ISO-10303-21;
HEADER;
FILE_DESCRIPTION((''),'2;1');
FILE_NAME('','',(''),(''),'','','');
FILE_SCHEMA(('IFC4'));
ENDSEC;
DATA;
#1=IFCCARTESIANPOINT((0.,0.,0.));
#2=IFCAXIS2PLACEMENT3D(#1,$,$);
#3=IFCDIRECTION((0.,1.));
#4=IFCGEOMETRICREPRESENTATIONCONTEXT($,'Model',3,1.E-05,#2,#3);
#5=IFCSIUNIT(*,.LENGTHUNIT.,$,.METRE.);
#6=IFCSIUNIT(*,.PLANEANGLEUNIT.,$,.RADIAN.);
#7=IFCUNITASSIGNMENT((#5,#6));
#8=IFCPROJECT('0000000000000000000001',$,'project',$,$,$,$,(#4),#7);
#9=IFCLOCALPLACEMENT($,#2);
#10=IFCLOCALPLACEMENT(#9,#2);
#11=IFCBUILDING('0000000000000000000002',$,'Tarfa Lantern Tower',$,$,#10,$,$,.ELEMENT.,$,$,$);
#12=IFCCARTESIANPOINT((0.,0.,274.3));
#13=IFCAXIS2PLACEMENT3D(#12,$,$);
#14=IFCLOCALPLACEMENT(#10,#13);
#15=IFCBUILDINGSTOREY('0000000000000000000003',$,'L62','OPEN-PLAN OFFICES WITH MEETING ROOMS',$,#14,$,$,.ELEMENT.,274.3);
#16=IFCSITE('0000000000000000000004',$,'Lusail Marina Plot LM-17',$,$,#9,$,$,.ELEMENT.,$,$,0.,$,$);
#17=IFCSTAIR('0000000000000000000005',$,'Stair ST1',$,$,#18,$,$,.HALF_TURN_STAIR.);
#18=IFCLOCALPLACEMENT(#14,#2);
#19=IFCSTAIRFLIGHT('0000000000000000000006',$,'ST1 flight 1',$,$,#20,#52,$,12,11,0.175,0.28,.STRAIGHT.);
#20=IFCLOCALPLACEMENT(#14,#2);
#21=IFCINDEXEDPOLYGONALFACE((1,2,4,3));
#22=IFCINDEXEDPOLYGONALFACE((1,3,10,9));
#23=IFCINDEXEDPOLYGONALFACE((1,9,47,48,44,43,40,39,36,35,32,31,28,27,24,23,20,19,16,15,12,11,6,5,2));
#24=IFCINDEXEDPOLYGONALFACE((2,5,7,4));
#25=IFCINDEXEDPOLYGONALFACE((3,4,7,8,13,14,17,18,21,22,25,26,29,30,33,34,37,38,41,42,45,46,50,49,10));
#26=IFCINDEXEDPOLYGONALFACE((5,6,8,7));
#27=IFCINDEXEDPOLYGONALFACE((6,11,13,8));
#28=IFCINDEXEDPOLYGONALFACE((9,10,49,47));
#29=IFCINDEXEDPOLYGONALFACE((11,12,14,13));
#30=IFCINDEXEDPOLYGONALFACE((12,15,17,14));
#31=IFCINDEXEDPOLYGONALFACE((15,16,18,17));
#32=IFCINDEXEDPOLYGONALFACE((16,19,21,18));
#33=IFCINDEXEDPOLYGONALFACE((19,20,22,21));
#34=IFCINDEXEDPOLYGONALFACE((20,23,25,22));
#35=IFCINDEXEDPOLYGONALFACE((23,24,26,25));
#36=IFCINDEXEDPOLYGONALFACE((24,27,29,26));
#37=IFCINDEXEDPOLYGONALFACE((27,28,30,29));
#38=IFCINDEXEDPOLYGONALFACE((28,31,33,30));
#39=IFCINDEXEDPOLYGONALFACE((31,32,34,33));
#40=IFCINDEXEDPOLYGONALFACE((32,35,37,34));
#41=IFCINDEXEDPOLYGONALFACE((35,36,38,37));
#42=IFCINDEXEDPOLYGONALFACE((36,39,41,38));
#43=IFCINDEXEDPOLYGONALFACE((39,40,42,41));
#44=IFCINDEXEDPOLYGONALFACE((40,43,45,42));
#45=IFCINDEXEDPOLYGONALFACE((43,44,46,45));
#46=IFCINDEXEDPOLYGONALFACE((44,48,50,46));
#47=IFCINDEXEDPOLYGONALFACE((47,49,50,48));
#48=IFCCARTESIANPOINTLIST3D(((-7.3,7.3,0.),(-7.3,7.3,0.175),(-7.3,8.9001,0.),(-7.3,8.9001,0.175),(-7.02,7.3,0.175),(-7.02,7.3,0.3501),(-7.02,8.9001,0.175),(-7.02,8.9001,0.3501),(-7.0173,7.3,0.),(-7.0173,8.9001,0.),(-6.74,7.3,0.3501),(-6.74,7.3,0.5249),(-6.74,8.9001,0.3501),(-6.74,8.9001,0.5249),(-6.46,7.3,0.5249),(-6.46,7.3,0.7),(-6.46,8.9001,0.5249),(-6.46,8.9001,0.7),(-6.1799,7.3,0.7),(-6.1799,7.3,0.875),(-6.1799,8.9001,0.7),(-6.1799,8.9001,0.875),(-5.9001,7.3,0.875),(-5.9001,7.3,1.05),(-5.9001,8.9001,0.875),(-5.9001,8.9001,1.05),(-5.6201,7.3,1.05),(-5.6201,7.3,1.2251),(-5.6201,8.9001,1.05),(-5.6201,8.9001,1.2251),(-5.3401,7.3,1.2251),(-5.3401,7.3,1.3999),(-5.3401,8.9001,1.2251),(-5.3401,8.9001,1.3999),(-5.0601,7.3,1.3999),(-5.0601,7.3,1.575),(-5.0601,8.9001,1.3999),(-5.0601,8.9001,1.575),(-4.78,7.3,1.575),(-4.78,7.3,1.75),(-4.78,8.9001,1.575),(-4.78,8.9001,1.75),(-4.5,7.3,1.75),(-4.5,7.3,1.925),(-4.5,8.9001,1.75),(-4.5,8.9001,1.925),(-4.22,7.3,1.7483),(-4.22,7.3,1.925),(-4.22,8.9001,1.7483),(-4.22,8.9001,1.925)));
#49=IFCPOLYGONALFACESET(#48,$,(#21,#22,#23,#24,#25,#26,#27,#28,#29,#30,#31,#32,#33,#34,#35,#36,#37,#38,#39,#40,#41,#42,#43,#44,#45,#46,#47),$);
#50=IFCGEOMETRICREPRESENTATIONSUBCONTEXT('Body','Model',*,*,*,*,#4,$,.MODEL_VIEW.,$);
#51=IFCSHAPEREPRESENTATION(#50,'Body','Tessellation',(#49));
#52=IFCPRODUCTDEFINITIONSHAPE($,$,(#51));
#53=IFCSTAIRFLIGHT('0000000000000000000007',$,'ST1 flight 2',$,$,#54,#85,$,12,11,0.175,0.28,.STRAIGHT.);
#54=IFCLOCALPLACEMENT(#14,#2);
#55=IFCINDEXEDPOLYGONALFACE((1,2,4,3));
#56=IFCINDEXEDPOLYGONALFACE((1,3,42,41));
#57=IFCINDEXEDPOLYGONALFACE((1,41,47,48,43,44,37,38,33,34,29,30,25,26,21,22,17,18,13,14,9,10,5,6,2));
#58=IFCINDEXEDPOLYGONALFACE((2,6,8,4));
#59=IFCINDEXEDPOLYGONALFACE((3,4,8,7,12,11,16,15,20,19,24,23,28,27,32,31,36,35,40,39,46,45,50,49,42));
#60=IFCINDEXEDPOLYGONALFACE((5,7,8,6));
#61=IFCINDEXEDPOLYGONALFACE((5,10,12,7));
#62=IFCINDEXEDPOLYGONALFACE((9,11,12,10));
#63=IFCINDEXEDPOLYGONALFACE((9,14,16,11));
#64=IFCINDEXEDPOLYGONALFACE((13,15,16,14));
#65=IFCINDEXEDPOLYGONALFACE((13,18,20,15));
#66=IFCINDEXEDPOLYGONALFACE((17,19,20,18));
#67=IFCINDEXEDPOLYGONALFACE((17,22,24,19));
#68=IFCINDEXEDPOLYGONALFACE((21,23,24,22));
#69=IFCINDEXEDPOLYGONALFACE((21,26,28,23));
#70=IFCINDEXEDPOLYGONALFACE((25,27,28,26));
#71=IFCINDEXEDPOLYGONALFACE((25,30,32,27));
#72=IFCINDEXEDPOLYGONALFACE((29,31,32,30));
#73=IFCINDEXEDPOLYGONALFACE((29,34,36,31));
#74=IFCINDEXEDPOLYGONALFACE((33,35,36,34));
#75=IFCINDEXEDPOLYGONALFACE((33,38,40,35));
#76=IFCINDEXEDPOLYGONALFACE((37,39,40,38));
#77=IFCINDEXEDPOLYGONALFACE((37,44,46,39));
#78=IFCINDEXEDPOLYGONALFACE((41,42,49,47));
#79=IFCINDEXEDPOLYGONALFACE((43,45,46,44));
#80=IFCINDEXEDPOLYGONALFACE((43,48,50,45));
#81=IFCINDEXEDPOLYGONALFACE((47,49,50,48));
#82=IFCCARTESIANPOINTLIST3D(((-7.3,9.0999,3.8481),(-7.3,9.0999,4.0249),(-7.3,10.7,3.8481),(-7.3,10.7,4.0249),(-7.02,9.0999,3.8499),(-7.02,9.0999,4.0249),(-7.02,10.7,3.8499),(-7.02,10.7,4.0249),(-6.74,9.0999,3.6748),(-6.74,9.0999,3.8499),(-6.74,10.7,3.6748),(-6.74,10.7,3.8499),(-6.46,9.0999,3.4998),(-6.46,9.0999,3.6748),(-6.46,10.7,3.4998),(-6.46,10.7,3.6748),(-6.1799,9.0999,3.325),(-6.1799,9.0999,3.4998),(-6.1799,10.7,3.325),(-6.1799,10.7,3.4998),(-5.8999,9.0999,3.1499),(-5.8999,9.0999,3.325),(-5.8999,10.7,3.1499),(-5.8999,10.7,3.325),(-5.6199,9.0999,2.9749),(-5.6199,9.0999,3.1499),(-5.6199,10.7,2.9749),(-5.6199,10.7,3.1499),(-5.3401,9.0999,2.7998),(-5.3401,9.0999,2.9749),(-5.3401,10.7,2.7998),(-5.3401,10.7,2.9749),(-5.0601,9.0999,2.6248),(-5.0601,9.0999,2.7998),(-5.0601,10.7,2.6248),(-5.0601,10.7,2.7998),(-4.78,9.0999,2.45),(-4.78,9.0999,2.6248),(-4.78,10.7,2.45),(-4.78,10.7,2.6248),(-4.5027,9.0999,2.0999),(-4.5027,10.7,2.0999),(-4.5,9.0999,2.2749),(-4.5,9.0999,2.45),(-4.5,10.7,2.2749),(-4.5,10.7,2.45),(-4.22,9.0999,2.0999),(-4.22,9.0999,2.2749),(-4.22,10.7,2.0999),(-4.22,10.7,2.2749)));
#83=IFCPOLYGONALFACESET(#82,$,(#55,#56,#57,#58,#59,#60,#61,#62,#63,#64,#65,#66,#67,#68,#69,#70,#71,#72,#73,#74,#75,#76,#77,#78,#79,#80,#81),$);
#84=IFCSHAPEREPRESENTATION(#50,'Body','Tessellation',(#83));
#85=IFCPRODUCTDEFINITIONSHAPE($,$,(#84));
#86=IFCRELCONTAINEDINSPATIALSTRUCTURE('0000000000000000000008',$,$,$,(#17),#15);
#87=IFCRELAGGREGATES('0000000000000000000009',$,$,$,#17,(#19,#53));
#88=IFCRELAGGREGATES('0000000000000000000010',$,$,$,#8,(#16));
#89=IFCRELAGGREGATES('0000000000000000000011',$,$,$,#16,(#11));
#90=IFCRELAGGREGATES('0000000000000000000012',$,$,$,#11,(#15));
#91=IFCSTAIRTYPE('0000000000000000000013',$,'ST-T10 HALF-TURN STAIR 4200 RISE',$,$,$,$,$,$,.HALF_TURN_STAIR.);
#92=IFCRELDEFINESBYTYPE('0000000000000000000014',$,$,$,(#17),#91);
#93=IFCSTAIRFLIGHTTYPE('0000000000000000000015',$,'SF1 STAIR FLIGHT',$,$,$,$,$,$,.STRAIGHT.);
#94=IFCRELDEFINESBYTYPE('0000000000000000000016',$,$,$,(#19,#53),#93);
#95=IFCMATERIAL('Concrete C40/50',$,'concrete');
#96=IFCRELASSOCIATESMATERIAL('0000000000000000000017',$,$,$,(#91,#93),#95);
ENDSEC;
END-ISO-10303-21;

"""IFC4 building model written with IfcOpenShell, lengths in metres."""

from ifc_helpers import new_model, si_unit, direction, frame, origin, place, context, subcontext, project, spatial, polyline, outline, extrude, material, type_object, element, aggregate, save


model = new_model("IFC4")

# Units and contexts
model_context = context("Model", 3, precision=1e-05, world=origin(), true_north=direction((0.0, 1.0)))
body_context = subcontext(model_context, "Body", "Model", "MODEL_VIEW")
ifc_project = project(units=[si_unit("LENGTHUNIT", "METRE"), si_unit("PLANEANGLEUNIT", "RADIAN")], contexts=[model_context])

# Site, building, storey
site_placement = place(None, origin())
site = spatial("IfcSite", under=ifc_project, at=site_placement, Name="Lusail Marina Plot LM-17", CompositionType="ELEMENT", RefElevation=0.0)
building_placement = place(site_placement, origin())
building = spatial("IfcBuilding", under=site, at=building_placement, Name="Tarfa Lantern Tower", CompositionType="ELEMENT")
storey_placement = place(building_placement, frame((0.0, 0.0, 274.3)))
storey = spatial("IfcBuildingStorey", under=building, at=storey_placement, Name="L62", Description="OPEN-PLAN OFFICES WITH MEETING ROOMS", CompositionType="ELEMENT", Elevation=274.3)

# Stair, stair flights
ifc_material_1 = material(Name="Concrete C40/50", Category="concrete")
stair_type = type_object("IfcStairType", Name="ST-T10 HALF-TURN STAIR 4200 RISE", PredefinedType="HALF_TURN_STAIR", material=ifc_material_1)
stair_placement = place(storey_placement, origin())
stair = element("IfcStair", 1, at=stair_placement, inside=storey, type_object=stair_type, Name="Stair ST1", PredefinedType="HALF_TURN_STAIR")
stair_flight_type = type_object("IfcStairFlightType", Name="SF1 STAIR FLIGHT", PredefinedType="STRAIGHT", material=ifc_material_1)
stair_flight_1_placement = place(storey_placement, frame((-7.3, 8.1001, 0.0), z_axis=(0.0, 0.0, 1.0), x_axis=(1.0, 0.0, 0.0)))
stair_flight_1 = element("IfcStairFlight", 2, at=stair_flight_1_placement, type_object=stair_flight_type, Name="ST1 flight 1", NumberOfRisers=12, NumberOfTreads=11, PredefinedType="STRAIGHT", RiserHeight=0.175, TreadLength=0.28, context=body_context, shape_type="SweptSolid", body=[
    extrude(outline(polyline([(0.0, 0.0), (0.0, 0.175), (0.28, 0.175), (0.28, 0.3501), (0.5601, 0.3501), (0.5601, 0.5249), (0.8401, 0.5249), (0.8401, 0.7), (1.1201, 0.7), (1.1201, 0.875), (1.3999, 0.875), (1.3999, 1.05), (1.6799, 1.05), (1.6799, 1.2251), (1.96, 1.2251), (1.96, 1.3999), (2.24, 1.3999), (2.24, 1.575), (2.52, 1.575), (2.52, 1.75), (2.8, 1.75), (2.8, 1.925), (3.0801, 1.925), (3.0801, 2.1001), (3.0801, 1.7483), (0.2827, 0.0), (0.0, 0.0)])), frame((0.0, 0.8, 0.0), z_axis=(0.0, -1.0, 0.0), x_axis=(1.0, 0.0, 0.0)), (0.0, 0.0, 1.0), 1.6001),
])
stair_flight_2_placement = place(storey_placement, frame((-4.22, 9.8999, 2.0999), z_axis=(0.0, 0.0, 1.0), x_axis=(-1.0, 0.0, 0.0)))
stair_flight_2 = element("IfcStairFlight", 3, at=stair_flight_2_placement, type_object=stair_flight_type, Name="ST1 flight 2", NumberOfRisers=12, NumberOfTreads=11, PredefinedType="STRAIGHT", RiserHeight=0.175, TreadLength=0.28, context=body_context, shape_type="SweptSolid", body=[
    extrude(outline(polyline([(0.0, 0.0), (0.0, 0.175), (0.28, 0.175), (0.28, 0.3501), (0.5601, 0.3501), (0.5601, 0.5249), (0.8401, 0.5249), (0.8401, 0.7), (1.1201, 0.7), (1.1201, 0.875), (1.3999, 0.875), (1.3999, 1.05), (1.6799, 1.05), (1.6799, 1.2251), (1.96, 1.2251), (1.96, 1.3999), (2.24, 1.3999), (2.24, 1.575), (2.52, 1.575), (2.52, 1.75), (2.8, 1.75), (2.8, 1.925), (3.0801, 1.925), (3.0801, 2.1001), (3.0801, 1.7483), (0.2827, 0.0), (0.0, 0.0)])), frame((0.0, 0.8, 0.0), z_axis=(0.0, -1.0, 0.0), x_axis=(1.0, 0.0, 0.0)), (0.0, 0.0, 1.0), 1.6001),
])
aggregate(stair, [stair_flight_1, stair_flight_2])

save(model, "model.ifc")
